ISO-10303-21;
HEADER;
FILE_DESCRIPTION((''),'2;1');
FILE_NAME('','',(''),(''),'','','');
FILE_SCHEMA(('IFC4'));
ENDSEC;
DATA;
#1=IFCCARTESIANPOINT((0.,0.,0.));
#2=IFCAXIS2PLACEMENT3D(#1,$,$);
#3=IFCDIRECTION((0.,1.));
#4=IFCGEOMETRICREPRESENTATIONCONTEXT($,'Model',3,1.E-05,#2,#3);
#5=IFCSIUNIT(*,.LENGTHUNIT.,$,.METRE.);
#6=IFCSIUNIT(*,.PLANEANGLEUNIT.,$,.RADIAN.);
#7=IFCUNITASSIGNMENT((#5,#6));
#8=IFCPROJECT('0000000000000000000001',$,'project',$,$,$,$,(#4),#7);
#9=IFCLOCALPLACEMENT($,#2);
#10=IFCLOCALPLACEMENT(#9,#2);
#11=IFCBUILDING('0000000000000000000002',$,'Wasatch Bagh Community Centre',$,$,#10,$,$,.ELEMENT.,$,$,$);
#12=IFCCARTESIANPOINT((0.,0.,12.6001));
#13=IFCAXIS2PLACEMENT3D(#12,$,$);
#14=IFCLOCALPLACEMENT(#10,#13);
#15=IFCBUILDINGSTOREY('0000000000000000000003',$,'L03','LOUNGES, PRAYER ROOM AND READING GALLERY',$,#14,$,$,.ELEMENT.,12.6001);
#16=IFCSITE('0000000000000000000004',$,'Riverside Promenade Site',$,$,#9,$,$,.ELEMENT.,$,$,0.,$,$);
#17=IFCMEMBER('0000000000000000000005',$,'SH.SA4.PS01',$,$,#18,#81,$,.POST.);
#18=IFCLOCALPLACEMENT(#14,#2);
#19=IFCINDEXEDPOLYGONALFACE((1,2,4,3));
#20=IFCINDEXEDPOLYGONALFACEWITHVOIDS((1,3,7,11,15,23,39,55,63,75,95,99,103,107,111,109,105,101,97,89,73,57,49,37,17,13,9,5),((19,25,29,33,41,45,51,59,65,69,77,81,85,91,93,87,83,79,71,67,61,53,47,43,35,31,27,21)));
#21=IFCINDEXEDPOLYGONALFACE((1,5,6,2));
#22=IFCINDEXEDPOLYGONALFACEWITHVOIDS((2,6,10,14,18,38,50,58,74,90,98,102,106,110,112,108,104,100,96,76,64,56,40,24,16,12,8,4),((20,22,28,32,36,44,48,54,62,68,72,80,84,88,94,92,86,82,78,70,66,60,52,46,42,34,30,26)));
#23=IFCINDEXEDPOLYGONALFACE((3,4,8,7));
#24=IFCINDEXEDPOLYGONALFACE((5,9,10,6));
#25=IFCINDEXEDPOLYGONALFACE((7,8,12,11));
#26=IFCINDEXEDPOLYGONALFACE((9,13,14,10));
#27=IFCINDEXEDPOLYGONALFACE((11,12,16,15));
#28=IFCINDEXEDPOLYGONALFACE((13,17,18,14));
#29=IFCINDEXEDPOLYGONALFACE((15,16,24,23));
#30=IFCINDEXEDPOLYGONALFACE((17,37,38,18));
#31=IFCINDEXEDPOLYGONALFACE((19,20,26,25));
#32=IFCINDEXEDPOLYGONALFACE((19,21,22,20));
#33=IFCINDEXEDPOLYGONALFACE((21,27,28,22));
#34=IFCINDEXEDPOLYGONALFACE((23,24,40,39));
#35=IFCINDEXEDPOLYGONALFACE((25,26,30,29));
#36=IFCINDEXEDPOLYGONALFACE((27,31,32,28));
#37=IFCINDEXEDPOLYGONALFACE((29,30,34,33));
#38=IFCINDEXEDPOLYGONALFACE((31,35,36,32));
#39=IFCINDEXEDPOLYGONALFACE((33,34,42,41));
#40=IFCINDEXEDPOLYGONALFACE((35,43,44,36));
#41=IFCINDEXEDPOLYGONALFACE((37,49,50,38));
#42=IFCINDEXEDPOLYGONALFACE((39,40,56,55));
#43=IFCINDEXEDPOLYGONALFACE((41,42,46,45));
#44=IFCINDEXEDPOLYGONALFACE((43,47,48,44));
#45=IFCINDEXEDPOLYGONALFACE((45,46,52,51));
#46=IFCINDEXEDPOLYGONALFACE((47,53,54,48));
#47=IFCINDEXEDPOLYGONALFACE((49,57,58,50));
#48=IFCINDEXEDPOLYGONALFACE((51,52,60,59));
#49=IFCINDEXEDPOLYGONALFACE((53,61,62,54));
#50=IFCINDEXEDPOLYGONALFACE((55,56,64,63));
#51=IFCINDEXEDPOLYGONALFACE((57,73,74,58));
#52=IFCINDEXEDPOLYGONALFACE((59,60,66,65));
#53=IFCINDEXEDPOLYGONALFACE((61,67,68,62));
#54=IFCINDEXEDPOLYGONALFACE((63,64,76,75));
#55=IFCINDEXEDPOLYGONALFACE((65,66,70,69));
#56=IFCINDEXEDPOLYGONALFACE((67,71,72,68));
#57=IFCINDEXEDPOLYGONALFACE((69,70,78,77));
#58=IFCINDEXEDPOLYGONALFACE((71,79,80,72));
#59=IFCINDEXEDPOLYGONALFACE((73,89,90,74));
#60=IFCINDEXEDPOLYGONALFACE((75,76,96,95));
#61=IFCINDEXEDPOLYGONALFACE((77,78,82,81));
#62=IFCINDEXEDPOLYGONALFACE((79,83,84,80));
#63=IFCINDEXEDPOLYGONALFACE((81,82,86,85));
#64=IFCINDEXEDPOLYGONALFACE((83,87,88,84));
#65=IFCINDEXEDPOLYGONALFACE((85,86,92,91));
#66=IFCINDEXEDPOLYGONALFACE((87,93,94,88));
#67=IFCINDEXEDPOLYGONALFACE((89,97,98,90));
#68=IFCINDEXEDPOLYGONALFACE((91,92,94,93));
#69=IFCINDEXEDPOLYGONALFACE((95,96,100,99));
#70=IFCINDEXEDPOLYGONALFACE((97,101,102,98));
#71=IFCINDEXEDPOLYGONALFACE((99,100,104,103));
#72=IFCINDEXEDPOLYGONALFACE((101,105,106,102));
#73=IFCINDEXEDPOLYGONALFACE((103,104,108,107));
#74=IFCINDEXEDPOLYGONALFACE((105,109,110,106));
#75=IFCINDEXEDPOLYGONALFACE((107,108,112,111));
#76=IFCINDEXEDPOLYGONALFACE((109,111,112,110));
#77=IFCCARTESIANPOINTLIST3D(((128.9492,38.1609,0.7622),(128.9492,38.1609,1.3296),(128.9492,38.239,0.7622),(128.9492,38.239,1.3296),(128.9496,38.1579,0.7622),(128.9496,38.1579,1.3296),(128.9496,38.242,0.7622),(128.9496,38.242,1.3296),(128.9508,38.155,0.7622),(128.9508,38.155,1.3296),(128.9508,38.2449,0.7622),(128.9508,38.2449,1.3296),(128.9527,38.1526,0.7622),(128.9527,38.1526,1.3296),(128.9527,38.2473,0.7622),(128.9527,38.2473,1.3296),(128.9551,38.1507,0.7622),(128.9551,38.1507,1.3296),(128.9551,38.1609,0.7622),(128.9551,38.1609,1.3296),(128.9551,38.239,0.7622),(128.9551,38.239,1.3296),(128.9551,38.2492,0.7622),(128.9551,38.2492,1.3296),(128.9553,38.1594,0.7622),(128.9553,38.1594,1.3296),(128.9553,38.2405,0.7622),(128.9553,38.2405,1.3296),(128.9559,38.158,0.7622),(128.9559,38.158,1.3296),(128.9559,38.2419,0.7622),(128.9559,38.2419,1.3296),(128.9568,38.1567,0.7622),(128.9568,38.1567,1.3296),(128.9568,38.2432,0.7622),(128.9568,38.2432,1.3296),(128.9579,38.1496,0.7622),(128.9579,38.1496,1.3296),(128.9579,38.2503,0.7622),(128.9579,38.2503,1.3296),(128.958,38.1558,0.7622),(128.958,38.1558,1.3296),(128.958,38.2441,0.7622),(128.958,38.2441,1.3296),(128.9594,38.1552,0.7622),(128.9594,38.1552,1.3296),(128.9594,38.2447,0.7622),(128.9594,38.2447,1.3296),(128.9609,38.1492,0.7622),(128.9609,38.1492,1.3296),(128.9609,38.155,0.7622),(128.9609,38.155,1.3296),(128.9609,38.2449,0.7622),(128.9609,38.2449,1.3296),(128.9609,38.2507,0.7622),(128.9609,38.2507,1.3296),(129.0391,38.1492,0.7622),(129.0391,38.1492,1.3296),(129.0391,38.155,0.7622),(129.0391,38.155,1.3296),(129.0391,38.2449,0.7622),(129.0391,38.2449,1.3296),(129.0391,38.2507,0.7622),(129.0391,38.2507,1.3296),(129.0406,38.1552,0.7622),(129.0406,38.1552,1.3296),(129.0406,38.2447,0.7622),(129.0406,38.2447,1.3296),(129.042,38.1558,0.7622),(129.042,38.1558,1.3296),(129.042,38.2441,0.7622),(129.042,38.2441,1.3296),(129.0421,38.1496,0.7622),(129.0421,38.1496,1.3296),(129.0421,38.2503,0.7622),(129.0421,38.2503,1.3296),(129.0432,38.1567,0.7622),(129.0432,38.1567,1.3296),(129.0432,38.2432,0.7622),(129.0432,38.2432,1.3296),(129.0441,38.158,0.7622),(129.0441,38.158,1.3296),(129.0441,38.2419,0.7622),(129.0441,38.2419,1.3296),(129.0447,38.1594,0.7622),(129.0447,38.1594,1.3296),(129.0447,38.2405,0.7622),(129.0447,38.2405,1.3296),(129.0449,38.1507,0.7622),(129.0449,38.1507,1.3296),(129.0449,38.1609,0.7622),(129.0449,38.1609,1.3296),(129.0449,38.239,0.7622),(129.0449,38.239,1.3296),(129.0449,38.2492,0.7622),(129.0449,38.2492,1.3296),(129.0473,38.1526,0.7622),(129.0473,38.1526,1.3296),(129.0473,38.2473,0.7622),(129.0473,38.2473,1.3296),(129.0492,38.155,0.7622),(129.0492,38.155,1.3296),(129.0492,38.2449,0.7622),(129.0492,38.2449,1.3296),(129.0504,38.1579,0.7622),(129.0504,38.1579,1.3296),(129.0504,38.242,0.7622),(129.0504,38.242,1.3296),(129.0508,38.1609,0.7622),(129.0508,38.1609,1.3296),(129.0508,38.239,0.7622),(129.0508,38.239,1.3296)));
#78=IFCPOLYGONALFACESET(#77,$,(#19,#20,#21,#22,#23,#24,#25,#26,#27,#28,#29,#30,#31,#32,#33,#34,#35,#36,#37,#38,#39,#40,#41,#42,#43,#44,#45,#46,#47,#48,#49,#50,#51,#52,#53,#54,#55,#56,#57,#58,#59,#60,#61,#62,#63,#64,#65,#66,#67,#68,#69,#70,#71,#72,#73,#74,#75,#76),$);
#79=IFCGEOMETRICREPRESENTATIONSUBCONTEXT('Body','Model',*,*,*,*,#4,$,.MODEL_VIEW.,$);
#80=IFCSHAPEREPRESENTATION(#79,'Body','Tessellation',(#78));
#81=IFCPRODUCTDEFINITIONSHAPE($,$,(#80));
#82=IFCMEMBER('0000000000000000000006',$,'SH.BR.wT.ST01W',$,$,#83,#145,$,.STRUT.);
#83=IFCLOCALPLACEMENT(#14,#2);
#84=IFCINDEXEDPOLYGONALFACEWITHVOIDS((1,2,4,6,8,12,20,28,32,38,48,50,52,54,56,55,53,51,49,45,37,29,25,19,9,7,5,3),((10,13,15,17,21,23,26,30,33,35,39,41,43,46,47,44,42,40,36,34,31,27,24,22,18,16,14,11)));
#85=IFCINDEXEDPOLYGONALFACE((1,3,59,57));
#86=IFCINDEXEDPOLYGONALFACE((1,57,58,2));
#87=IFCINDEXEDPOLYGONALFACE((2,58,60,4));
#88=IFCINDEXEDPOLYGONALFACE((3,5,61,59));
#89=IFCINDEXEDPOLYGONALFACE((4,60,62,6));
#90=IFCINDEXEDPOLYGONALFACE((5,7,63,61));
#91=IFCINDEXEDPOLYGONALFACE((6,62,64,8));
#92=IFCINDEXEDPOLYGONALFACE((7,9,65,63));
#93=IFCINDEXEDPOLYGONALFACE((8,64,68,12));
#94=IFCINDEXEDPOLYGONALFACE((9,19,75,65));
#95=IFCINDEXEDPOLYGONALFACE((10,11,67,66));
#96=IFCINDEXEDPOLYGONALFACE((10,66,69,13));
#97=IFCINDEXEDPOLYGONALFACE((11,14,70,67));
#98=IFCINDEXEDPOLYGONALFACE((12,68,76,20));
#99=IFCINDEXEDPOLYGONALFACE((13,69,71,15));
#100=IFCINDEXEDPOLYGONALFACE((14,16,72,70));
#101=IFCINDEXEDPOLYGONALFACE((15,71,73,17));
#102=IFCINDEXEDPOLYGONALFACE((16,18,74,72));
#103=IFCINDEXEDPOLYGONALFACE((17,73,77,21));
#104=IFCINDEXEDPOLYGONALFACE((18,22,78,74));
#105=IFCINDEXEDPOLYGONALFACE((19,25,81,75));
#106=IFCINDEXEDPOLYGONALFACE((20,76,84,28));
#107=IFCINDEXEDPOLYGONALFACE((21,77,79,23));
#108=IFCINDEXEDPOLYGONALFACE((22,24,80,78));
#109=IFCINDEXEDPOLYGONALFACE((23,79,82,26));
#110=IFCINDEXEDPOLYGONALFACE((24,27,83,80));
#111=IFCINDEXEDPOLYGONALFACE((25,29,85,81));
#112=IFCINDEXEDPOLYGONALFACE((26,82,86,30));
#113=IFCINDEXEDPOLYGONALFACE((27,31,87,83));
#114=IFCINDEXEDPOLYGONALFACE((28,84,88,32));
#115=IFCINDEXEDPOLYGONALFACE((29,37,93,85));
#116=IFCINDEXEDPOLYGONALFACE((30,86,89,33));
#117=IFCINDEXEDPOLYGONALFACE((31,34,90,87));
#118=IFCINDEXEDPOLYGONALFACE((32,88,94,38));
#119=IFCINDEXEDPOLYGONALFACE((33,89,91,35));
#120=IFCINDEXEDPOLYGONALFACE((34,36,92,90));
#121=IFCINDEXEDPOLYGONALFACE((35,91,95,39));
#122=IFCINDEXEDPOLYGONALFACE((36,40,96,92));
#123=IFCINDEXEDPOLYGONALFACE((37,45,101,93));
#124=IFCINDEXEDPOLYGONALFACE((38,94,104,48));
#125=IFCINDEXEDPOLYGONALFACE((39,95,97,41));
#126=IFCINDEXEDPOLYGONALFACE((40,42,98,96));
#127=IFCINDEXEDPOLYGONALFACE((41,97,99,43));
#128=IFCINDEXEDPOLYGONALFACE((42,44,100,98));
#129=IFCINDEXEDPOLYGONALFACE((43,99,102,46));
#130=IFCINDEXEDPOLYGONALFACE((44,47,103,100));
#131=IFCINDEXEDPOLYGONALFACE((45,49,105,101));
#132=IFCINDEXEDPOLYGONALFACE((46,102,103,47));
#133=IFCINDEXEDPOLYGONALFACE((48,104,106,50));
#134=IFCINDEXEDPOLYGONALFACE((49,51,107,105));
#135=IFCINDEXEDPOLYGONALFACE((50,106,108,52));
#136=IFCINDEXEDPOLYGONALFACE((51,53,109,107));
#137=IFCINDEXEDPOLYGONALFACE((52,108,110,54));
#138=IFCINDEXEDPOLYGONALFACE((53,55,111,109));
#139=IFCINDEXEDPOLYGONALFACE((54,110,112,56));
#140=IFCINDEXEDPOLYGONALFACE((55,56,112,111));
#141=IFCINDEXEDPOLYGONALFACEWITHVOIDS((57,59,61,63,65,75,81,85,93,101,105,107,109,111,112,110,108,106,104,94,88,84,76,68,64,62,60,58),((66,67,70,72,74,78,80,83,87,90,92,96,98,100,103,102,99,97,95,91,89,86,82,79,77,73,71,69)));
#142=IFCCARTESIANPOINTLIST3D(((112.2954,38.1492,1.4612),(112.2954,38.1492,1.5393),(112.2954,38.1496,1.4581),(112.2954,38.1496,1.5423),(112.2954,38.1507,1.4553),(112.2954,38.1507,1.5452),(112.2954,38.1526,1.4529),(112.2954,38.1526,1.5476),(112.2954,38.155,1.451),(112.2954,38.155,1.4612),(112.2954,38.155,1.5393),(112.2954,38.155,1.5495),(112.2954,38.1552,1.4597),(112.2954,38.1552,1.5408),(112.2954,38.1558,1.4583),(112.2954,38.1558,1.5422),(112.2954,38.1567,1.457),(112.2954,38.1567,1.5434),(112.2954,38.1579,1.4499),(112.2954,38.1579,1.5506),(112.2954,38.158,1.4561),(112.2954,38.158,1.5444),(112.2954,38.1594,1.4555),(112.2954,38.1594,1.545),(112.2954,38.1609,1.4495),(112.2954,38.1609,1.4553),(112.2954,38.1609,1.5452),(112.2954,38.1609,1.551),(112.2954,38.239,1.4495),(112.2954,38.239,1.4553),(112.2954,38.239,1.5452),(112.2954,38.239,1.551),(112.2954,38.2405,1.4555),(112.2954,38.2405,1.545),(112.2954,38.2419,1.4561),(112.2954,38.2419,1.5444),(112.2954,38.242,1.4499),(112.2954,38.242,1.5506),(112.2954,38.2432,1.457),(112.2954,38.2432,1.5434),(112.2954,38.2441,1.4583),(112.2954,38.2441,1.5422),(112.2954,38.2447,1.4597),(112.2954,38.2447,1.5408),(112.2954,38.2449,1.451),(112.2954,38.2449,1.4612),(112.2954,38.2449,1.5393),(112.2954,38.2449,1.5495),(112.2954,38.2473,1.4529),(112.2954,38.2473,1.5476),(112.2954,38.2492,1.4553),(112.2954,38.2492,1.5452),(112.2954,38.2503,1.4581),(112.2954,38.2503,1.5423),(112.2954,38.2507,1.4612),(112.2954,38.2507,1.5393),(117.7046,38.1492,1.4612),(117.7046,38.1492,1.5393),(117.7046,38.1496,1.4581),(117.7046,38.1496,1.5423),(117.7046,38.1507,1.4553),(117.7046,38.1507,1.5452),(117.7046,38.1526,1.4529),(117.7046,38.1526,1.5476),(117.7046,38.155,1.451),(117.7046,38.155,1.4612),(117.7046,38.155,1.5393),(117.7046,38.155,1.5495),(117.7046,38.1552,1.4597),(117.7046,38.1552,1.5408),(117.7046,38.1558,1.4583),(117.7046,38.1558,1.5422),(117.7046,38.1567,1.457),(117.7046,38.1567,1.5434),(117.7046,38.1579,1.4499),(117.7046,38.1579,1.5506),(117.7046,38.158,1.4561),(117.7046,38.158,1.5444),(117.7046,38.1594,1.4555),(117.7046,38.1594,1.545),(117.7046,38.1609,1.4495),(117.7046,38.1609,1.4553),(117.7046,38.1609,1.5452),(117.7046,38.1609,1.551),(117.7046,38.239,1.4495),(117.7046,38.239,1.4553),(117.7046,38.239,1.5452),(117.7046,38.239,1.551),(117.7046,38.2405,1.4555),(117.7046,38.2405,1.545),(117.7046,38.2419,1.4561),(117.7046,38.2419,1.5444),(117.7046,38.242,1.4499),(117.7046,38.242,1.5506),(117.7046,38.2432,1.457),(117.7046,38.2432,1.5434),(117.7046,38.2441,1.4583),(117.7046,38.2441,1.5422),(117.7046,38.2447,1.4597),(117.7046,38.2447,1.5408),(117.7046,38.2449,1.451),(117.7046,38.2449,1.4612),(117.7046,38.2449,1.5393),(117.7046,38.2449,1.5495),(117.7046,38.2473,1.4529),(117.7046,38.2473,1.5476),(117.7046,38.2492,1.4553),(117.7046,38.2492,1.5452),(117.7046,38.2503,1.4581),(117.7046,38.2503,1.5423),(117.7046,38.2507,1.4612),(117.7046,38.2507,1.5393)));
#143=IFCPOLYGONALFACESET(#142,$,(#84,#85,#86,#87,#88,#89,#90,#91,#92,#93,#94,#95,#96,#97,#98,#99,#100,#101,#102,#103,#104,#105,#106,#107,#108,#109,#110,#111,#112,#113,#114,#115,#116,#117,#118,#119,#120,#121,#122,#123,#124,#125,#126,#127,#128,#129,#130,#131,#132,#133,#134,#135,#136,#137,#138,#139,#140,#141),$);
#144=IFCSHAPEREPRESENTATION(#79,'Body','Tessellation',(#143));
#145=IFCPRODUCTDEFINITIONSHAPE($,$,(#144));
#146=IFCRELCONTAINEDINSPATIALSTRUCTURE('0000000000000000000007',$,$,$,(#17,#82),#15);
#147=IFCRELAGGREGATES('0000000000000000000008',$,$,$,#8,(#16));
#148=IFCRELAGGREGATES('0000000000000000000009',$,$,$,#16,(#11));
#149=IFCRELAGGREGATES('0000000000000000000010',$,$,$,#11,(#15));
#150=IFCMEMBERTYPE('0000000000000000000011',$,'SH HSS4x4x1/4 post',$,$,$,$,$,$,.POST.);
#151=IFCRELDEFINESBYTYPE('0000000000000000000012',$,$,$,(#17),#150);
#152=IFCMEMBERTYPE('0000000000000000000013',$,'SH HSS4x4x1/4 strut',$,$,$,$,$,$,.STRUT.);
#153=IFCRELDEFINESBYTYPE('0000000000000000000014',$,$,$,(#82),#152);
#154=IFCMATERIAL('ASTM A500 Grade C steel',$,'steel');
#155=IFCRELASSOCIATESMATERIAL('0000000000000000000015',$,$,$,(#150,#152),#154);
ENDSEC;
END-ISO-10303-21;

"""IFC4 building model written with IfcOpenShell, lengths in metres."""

from ifc_helpers import new_model, si_unit, direction, frame, origin, origin_2d, place, context, subcontext, project, spatial, hollow_rectangle, extrude, material, material_profile, profile_set, type_object, element, save


model = new_model("IFC4")

# Units and contexts
model_context = context("Model", 3, precision=1e-05, world=origin(), true_north=direction((0.0, 1.0)))
body_context = subcontext(model_context, "Body", "Model", "MODEL_VIEW")
ifc_project = project(units=[si_unit("LENGTHUNIT", "METRE"), si_unit("PLANEANGLEUNIT", "RADIAN")], contexts=[model_context])

# Site, building, storey
site_placement = place(None, origin())
site = spatial("IfcSite", under=ifc_project, at=site_placement, Name="Riverside Promenade Site", CompositionType="ELEMENT", RefElevation=0.0)
building_placement = place(site_placement, origin())
building = spatial("IfcBuilding", under=site, at=building_placement, Name="Wasatch Bagh Community Centre", CompositionType="ELEMENT")
storey_placement = place(building_placement, frame((0.0, 0.0, 12.6001)))
storey = spatial("IfcBuildingStorey", under=building, at=storey_placement, Name="L03", Description="LOUNGES, PRAYER ROOM AND READING GALLERY", CompositionType="ELEMENT", Elevation=12.6001)

# Members
ifc_material_1 = material(Name="ASTM A500 Grade C steel", Category="steel")
ifc_material_profile_1 = material_profile(ifc_material_1, hollow_rectangle(XDim=0.1016, YDim=0.1016, WallThickness=0.0059, InnerFilletRadius=0.0059, OuterFilletRadius=0.0117, at=origin_2d()), Name="HSS4x4x1/4")
ifc_profile_set_1 = profile_set([ifc_material_profile_1], Name="ASTM A500 Grade C steel")
member_type_1 = type_object("IfcMemberType", Name="SH HSS4x4x1/4 post", PredefinedType="POST", material=ifc_profile_set_1)
for number, where, z_axis, x_axis, name in (
    (1, (129.0, 38.2, 0.7622), (0.0, 0.0, 1.0), (1.0, 0.0, 0.0), "SH.SA4.PS01"),
):
    element("IfcMember", number, at=place(storey_placement, frame(where, z_axis=z_axis, x_axis=x_axis)), inside=storey, type_object=member_type_1, Name=name, PredefinedType="POST", context=body_context, shape_type="SweptSolid", body=[
        extrude(hollow_rectangle(XDim=0.1016, YDim=0.1016, WallThickness=0.0059, InnerFilletRadius=0.0059, OuterFilletRadius=0.0117, at=origin_2d()), origin(), (0.0, 0.0, 1.0), 0.5674),
    ])
ifc_material_profile_2 = material_profile(ifc_material_1, hollow_rectangle(XDim=0.1016, YDim=0.1016, WallThickness=0.0059, InnerFilletRadius=0.0059, OuterFilletRadius=0.0117, at=origin_2d()), Name="HSS4x4x1/4")
ifc_profile_set_2 = profile_set([ifc_material_profile_2], Name="ASTM A500 Grade C steel")
member_type_2 = type_object("IfcMemberType", Name="SH HSS4x4x1/4 strut", PredefinedType="STRUT", material=ifc_profile_set_2)
member_1_placement = place(storey_placement, frame((112.2954, 38.2, 1.5002), z_axis=(1.0, 0.0, 0.0), x_axis=(0.0, 1.0, 0.0)))
element("IfcMember", 2, at=member_1_placement, inside=storey, type_object=member_type_2, Name="SH.BR.wT.ST01W", PredefinedType="STRUT", context=body_context, shape_type="SweptSolid", body=[
    extrude(hollow_rectangle(XDim=0.1016, YDim=0.1016, WallThickness=0.0059, InnerFilletRadius=0.0059, OuterFilletRadius=0.0117, at=origin_2d()), origin(), (0.0, 0.0, 1.0), 5.4092),
])

save(model, "model.ifc")
